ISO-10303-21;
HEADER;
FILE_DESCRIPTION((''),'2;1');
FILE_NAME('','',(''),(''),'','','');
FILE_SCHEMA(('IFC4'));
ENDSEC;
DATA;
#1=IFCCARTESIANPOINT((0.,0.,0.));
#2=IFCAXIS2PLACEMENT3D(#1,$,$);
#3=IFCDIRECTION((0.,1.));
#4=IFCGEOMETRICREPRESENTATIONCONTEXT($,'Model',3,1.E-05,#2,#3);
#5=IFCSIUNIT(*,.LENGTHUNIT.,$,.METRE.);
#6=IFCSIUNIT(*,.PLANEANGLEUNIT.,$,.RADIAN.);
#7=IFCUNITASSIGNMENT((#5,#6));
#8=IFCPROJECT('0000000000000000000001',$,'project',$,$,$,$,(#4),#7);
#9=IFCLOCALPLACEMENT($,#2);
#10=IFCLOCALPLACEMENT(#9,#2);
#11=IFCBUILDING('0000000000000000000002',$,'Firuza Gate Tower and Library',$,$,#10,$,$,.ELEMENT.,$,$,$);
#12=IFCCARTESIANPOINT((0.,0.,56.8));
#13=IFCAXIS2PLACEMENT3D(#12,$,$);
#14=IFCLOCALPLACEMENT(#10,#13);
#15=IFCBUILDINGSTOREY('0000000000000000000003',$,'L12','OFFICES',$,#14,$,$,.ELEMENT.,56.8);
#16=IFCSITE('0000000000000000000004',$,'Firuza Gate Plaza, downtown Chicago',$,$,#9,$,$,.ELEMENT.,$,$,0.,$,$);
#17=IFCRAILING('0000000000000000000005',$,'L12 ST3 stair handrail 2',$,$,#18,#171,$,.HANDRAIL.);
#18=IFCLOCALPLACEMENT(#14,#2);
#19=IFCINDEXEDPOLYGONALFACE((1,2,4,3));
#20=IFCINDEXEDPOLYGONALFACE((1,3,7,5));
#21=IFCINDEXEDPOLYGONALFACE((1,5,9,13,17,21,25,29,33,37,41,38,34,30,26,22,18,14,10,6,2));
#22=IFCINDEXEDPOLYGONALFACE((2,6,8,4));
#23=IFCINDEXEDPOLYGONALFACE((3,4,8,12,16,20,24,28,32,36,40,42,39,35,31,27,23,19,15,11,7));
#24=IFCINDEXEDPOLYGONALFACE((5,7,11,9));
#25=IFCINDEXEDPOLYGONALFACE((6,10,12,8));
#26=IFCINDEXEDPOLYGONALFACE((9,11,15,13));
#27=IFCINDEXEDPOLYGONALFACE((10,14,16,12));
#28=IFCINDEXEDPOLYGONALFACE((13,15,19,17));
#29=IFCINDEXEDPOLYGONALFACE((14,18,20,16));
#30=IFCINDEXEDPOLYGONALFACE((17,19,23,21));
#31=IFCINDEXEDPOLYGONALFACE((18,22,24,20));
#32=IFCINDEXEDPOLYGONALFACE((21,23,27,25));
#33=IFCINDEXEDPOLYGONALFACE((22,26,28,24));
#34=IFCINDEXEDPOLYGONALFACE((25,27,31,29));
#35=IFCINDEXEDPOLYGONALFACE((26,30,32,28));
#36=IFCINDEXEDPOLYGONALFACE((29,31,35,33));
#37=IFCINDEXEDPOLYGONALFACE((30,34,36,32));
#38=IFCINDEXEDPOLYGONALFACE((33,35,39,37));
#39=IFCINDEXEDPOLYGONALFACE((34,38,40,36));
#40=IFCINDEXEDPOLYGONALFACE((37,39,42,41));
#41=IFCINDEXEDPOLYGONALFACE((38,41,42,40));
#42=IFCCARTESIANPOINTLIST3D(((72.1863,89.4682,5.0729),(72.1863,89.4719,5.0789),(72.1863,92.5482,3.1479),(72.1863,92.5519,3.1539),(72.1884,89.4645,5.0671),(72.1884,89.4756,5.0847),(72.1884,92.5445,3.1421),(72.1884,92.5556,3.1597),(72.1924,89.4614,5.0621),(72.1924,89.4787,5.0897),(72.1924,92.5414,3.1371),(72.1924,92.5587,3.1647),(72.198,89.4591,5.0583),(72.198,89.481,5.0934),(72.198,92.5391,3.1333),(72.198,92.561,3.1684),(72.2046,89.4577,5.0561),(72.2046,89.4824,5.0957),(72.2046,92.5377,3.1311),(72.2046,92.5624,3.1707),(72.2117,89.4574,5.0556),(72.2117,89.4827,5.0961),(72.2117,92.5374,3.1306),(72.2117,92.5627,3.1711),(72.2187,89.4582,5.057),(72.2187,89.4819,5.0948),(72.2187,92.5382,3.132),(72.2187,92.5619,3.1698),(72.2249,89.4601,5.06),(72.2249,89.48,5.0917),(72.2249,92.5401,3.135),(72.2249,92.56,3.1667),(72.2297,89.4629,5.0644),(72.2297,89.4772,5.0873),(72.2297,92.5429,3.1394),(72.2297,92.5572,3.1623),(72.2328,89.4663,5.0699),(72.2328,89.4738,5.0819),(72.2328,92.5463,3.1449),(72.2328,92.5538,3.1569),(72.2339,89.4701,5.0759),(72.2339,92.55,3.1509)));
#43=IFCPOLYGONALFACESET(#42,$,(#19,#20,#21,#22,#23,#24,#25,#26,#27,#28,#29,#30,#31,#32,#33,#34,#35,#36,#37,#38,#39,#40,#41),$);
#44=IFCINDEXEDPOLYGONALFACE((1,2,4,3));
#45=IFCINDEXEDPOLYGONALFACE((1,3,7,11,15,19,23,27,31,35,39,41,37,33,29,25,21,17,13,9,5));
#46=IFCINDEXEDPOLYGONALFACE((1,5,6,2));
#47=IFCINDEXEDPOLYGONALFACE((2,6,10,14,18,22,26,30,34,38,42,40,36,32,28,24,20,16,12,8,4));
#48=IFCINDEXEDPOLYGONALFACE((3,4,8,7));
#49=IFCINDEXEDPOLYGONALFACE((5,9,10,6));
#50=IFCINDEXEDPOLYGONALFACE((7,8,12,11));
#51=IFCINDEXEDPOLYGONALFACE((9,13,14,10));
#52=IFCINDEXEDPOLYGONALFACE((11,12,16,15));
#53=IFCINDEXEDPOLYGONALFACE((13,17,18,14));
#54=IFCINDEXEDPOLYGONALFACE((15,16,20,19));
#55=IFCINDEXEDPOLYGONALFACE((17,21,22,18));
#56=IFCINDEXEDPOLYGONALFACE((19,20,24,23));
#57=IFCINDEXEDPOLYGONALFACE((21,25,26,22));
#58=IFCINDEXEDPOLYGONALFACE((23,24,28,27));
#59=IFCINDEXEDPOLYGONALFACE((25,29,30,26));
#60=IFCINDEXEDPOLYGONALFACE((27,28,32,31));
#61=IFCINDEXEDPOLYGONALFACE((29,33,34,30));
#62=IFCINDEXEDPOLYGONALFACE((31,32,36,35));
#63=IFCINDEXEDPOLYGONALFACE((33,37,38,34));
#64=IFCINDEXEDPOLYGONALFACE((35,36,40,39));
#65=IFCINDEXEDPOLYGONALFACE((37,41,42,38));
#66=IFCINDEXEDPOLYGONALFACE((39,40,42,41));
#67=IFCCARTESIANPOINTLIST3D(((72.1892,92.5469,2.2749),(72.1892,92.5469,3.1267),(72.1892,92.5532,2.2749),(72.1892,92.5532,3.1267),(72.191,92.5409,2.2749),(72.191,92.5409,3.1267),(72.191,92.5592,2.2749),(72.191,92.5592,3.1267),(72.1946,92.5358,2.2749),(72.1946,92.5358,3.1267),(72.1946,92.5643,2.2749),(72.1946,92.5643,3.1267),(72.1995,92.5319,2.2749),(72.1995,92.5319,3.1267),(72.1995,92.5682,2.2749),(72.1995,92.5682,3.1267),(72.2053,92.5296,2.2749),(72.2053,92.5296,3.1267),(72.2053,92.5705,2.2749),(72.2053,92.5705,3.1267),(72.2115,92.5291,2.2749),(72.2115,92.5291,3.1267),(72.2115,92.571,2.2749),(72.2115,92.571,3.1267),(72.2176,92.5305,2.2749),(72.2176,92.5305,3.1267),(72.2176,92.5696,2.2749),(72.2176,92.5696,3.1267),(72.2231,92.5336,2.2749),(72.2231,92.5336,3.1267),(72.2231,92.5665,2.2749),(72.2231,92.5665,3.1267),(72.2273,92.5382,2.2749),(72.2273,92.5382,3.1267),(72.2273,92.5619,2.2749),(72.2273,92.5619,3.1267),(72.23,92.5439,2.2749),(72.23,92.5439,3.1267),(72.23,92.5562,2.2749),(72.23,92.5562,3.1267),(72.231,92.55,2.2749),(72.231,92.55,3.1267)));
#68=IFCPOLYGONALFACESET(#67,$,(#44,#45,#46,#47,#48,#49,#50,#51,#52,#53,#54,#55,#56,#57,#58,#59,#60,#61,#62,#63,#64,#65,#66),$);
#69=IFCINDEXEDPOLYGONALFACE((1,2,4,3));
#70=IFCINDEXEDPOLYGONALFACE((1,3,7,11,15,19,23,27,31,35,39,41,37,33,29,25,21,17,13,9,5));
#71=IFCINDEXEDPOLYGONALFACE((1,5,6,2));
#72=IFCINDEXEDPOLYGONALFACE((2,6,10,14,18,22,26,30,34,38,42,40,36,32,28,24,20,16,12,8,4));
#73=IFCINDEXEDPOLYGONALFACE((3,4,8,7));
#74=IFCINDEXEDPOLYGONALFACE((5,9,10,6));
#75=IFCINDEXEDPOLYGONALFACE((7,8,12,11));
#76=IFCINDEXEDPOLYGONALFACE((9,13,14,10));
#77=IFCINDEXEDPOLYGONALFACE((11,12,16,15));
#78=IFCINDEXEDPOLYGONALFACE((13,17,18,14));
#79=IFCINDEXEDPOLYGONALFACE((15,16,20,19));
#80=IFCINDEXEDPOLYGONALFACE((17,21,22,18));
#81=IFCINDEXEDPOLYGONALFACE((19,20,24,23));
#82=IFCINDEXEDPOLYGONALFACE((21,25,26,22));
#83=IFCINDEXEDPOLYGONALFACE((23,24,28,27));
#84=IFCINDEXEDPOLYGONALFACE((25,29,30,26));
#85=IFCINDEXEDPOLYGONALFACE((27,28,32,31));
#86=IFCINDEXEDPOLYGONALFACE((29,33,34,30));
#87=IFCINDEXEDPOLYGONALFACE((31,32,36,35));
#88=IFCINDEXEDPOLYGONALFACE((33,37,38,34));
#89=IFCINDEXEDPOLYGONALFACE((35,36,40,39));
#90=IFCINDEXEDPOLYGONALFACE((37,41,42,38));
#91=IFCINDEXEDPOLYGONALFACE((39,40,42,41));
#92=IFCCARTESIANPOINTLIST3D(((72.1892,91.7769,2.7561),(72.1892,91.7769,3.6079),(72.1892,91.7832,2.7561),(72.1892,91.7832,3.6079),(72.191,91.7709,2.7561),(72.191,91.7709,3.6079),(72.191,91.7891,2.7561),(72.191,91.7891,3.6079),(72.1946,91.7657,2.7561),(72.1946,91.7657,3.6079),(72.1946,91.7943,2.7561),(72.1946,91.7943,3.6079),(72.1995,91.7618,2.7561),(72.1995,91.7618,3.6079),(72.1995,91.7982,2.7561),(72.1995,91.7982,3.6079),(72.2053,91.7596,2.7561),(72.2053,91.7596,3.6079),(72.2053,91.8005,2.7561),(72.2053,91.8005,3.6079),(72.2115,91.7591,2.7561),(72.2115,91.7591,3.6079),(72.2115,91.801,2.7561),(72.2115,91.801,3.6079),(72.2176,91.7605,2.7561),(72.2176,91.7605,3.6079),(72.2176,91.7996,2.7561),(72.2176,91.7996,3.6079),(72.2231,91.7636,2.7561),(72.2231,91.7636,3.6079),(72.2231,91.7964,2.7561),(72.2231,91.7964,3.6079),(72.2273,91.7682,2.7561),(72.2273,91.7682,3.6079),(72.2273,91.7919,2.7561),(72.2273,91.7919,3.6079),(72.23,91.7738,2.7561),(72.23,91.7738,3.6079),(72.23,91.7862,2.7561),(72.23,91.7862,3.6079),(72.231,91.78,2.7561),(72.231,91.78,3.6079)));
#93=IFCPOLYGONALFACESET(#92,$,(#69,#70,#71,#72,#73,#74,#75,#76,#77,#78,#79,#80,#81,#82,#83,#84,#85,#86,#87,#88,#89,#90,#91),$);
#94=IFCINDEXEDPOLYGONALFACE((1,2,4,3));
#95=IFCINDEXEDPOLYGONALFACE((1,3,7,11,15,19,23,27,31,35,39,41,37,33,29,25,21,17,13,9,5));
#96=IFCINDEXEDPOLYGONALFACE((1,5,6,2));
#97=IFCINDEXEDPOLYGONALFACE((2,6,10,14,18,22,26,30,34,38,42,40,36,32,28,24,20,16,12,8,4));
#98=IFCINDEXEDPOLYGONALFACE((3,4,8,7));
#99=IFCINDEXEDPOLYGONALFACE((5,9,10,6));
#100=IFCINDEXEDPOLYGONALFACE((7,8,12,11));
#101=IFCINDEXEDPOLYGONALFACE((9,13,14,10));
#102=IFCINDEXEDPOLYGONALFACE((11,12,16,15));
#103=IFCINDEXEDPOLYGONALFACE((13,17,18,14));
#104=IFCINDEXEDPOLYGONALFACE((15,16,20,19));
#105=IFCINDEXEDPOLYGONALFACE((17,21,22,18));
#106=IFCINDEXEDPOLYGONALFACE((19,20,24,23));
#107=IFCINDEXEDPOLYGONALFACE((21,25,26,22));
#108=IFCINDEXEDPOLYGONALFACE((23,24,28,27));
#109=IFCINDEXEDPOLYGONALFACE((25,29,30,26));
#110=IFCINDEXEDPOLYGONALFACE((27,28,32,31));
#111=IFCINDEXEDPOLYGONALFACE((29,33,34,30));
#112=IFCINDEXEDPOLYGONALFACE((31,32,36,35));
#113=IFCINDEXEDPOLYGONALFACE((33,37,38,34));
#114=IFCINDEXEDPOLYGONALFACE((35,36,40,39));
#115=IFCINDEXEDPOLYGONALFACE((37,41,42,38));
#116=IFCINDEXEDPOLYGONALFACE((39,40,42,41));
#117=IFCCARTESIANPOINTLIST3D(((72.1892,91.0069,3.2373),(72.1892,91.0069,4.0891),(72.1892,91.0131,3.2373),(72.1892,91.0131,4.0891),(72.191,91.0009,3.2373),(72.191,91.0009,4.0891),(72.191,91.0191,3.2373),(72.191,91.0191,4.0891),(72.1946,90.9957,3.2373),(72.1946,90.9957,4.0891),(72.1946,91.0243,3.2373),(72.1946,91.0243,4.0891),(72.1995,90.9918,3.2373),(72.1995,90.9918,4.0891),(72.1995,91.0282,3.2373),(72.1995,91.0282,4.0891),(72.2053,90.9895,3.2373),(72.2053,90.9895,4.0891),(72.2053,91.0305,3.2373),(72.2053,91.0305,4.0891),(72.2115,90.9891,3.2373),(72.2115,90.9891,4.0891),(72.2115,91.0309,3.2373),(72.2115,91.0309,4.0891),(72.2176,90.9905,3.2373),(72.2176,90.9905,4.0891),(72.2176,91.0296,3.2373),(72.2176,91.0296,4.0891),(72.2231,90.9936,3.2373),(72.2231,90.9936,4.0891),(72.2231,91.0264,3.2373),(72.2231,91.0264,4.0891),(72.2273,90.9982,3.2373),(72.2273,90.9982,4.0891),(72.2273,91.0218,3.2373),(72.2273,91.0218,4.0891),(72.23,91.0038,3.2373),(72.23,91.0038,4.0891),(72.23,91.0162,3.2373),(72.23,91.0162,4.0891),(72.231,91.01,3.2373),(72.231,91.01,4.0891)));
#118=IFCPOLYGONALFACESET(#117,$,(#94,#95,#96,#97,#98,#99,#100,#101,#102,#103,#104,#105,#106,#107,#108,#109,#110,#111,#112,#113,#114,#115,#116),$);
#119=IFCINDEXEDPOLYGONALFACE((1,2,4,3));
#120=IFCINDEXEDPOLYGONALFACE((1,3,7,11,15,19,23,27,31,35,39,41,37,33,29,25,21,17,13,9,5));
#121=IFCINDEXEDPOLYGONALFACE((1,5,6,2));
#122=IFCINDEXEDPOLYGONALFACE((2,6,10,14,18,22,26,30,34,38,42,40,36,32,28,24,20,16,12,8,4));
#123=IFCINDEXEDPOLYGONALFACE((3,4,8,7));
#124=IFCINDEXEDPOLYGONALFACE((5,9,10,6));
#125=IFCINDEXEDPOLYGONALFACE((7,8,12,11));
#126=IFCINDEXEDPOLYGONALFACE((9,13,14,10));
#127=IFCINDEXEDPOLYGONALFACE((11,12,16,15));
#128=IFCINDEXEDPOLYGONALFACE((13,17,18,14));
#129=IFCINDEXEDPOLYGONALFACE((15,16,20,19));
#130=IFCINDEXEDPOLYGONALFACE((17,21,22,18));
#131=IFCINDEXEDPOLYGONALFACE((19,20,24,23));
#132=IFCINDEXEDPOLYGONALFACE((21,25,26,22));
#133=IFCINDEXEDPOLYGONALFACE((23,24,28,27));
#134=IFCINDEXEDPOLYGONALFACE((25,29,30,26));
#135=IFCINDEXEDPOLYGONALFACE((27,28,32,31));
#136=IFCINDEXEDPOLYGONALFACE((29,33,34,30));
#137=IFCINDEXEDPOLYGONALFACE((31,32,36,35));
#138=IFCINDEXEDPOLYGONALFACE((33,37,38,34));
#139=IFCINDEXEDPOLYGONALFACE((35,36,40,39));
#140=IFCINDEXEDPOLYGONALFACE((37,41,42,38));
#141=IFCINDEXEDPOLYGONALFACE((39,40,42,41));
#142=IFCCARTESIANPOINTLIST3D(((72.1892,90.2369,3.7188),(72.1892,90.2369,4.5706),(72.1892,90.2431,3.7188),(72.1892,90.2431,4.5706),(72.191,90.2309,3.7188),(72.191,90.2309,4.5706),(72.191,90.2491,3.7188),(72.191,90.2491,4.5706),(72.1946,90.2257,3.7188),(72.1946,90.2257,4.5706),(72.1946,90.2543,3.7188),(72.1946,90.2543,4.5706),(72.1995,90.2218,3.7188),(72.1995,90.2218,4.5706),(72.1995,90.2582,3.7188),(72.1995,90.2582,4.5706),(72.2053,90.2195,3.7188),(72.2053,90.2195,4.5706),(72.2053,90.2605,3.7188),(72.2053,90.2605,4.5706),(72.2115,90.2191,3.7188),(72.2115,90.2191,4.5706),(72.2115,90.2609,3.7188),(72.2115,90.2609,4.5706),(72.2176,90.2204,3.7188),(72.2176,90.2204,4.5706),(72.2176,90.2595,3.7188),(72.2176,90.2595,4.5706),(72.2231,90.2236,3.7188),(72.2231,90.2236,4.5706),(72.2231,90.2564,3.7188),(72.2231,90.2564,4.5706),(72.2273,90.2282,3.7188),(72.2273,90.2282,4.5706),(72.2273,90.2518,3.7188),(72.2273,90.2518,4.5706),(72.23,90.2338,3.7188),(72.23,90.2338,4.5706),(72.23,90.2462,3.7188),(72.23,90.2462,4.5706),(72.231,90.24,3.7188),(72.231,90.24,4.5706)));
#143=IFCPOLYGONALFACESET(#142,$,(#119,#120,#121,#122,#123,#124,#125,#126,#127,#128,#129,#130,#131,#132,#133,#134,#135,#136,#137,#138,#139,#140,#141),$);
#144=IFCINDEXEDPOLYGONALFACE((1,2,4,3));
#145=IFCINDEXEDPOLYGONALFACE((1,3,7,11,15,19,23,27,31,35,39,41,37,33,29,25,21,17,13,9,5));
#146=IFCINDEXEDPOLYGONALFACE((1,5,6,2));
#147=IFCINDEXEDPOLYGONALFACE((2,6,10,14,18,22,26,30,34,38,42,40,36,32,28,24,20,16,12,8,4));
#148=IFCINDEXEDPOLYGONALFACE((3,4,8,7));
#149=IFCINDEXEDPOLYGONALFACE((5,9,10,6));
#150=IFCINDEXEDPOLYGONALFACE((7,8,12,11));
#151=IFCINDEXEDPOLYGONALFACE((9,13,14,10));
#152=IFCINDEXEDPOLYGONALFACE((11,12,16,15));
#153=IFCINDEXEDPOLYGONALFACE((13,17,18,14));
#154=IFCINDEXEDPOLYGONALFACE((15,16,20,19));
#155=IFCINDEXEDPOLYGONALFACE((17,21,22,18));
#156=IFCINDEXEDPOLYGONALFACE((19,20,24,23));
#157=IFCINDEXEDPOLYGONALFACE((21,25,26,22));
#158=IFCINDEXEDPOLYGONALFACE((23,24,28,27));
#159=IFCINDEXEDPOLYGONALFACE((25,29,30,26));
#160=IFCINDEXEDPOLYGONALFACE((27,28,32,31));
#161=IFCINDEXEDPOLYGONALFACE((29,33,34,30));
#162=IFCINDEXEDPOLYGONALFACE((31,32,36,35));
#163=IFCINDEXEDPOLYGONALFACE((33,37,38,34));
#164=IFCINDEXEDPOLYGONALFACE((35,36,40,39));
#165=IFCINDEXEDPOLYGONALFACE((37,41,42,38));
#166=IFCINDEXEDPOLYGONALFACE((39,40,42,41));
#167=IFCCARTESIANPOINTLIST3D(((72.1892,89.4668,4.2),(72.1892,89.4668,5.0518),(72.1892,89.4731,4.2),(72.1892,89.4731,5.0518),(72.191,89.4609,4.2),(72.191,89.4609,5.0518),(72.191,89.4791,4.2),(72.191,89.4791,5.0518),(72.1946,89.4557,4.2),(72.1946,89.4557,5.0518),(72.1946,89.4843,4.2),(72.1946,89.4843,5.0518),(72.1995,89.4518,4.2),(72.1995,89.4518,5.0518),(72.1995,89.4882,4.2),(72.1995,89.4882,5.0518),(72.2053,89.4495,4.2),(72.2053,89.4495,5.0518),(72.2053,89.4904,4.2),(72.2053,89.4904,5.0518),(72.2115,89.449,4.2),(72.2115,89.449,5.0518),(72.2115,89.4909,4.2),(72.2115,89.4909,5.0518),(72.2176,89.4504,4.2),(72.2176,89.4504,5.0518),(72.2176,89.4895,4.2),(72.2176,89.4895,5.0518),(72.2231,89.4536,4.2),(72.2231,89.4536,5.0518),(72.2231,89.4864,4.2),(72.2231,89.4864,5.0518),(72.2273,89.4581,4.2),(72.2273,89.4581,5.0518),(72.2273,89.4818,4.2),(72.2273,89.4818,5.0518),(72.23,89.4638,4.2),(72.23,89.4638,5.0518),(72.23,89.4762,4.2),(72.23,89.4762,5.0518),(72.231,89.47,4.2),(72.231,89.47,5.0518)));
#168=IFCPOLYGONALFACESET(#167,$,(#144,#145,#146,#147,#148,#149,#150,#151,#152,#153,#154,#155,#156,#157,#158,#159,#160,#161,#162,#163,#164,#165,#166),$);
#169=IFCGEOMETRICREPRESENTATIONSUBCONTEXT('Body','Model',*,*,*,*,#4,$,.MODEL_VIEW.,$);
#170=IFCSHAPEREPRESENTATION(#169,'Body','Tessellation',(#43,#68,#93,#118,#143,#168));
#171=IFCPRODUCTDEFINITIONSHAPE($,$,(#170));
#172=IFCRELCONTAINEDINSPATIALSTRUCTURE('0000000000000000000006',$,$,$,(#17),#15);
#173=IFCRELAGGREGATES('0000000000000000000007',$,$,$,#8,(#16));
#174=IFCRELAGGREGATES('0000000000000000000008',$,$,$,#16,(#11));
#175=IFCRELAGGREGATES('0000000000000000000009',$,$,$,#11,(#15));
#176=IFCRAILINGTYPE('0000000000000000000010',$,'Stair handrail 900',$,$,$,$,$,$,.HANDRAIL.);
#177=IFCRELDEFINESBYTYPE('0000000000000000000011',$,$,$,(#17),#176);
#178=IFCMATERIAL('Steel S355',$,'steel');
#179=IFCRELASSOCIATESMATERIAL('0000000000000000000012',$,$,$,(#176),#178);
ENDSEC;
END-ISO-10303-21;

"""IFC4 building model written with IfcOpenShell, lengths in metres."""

from ifc_helpers import new_model, si_unit, direction, frame, origin, origin_2d, place, context, subcontext, project, spatial, circle, extrude, material, type_object, element, save


model = new_model("IFC4")

# Units and contexts
model_context = context("Model", 3, precision=1e-05, world=origin(), true_north=direction((0.0, 1.0)))
body_context = subcontext(model_context, "Body", "Model", "MODEL_VIEW")
ifc_project = project(units=[si_unit("LENGTHUNIT", "METRE"), si_unit("PLANEANGLEUNIT", "RADIAN")], contexts=[model_context])

# Site, building, storey
site_placement = place(None, origin())
site = spatial("IfcSite", under=ifc_project, at=site_placement, Name="Firuza Gate Plaza, downtown Chicago", CompositionType="ELEMENT", RefElevation=0.0)
building_placement = place(site_placement, origin())
building = spatial("IfcBuilding", under=site, at=building_placement, Name="Firuza Gate Tower and Library", CompositionType="ELEMENT")
storey_placement = place(building_placement, frame((0.0, 0.0, 56.8)))
storey = spatial("IfcBuildingStorey", under=building, at=storey_placement, Name="L12", Description="OFFICES", CompositionType="ELEMENT", Elevation=56.8)

# Railing
ifc_material_1 = material(Name="Steel S355", Category="steel")
railing_type_1 = type_object("IfcRailingType", Name="Stair handrail 900", PredefinedType="HANDRAIL", material=ifc_material_1)
railing_1_placement = place(storey_placement, frame((72.21, 92.55, 2.2749)))
element("IfcRailing", 1, at=railing_1_placement, inside=storey, type_object=railing_type_1, Name="L12 ST3 stair handrail 2", PredefinedType="HANDRAIL", context=body_context, shape_type="SweptSolid", body=[
    extrude(circle(Radius=0.0239, at=origin_2d()), frame((0.0, 0.0, 0.876), z_axis=(0.0, -0.847998, 0.529999), x_axis=(1.0, 0.0, 0.0)), (0.0, 0.0, 1.0), 3.6321),
    extrude(circle(Radius=0.021, at=origin_2d()), origin(), (0.0, 0.0, 1.0), 0.8518),
    extrude(circle(Radius=0.021, at=origin_2d()), frame((0.0, -0.77, 0.4812)), (0.0, 0.0, 1.0), 0.8518),
    extrude(circle(Radius=0.021, at=origin_2d()), frame((0.0, -1.54, 0.9624)), (0.0, 0.0, 1.0), 0.8518),
    extrude(circle(Radius=0.021, at=origin_2d()), frame((0.0, -2.3101, 1.4438)), (0.0, 0.0, 1.0), 0.8518),
    extrude(circle(Radius=0.021, at=origin_2d()), frame((0.0, -3.0801, 1.925)), (0.0, 0.0, 1.0), 0.8518),
])

save(model, "model.ifc")
